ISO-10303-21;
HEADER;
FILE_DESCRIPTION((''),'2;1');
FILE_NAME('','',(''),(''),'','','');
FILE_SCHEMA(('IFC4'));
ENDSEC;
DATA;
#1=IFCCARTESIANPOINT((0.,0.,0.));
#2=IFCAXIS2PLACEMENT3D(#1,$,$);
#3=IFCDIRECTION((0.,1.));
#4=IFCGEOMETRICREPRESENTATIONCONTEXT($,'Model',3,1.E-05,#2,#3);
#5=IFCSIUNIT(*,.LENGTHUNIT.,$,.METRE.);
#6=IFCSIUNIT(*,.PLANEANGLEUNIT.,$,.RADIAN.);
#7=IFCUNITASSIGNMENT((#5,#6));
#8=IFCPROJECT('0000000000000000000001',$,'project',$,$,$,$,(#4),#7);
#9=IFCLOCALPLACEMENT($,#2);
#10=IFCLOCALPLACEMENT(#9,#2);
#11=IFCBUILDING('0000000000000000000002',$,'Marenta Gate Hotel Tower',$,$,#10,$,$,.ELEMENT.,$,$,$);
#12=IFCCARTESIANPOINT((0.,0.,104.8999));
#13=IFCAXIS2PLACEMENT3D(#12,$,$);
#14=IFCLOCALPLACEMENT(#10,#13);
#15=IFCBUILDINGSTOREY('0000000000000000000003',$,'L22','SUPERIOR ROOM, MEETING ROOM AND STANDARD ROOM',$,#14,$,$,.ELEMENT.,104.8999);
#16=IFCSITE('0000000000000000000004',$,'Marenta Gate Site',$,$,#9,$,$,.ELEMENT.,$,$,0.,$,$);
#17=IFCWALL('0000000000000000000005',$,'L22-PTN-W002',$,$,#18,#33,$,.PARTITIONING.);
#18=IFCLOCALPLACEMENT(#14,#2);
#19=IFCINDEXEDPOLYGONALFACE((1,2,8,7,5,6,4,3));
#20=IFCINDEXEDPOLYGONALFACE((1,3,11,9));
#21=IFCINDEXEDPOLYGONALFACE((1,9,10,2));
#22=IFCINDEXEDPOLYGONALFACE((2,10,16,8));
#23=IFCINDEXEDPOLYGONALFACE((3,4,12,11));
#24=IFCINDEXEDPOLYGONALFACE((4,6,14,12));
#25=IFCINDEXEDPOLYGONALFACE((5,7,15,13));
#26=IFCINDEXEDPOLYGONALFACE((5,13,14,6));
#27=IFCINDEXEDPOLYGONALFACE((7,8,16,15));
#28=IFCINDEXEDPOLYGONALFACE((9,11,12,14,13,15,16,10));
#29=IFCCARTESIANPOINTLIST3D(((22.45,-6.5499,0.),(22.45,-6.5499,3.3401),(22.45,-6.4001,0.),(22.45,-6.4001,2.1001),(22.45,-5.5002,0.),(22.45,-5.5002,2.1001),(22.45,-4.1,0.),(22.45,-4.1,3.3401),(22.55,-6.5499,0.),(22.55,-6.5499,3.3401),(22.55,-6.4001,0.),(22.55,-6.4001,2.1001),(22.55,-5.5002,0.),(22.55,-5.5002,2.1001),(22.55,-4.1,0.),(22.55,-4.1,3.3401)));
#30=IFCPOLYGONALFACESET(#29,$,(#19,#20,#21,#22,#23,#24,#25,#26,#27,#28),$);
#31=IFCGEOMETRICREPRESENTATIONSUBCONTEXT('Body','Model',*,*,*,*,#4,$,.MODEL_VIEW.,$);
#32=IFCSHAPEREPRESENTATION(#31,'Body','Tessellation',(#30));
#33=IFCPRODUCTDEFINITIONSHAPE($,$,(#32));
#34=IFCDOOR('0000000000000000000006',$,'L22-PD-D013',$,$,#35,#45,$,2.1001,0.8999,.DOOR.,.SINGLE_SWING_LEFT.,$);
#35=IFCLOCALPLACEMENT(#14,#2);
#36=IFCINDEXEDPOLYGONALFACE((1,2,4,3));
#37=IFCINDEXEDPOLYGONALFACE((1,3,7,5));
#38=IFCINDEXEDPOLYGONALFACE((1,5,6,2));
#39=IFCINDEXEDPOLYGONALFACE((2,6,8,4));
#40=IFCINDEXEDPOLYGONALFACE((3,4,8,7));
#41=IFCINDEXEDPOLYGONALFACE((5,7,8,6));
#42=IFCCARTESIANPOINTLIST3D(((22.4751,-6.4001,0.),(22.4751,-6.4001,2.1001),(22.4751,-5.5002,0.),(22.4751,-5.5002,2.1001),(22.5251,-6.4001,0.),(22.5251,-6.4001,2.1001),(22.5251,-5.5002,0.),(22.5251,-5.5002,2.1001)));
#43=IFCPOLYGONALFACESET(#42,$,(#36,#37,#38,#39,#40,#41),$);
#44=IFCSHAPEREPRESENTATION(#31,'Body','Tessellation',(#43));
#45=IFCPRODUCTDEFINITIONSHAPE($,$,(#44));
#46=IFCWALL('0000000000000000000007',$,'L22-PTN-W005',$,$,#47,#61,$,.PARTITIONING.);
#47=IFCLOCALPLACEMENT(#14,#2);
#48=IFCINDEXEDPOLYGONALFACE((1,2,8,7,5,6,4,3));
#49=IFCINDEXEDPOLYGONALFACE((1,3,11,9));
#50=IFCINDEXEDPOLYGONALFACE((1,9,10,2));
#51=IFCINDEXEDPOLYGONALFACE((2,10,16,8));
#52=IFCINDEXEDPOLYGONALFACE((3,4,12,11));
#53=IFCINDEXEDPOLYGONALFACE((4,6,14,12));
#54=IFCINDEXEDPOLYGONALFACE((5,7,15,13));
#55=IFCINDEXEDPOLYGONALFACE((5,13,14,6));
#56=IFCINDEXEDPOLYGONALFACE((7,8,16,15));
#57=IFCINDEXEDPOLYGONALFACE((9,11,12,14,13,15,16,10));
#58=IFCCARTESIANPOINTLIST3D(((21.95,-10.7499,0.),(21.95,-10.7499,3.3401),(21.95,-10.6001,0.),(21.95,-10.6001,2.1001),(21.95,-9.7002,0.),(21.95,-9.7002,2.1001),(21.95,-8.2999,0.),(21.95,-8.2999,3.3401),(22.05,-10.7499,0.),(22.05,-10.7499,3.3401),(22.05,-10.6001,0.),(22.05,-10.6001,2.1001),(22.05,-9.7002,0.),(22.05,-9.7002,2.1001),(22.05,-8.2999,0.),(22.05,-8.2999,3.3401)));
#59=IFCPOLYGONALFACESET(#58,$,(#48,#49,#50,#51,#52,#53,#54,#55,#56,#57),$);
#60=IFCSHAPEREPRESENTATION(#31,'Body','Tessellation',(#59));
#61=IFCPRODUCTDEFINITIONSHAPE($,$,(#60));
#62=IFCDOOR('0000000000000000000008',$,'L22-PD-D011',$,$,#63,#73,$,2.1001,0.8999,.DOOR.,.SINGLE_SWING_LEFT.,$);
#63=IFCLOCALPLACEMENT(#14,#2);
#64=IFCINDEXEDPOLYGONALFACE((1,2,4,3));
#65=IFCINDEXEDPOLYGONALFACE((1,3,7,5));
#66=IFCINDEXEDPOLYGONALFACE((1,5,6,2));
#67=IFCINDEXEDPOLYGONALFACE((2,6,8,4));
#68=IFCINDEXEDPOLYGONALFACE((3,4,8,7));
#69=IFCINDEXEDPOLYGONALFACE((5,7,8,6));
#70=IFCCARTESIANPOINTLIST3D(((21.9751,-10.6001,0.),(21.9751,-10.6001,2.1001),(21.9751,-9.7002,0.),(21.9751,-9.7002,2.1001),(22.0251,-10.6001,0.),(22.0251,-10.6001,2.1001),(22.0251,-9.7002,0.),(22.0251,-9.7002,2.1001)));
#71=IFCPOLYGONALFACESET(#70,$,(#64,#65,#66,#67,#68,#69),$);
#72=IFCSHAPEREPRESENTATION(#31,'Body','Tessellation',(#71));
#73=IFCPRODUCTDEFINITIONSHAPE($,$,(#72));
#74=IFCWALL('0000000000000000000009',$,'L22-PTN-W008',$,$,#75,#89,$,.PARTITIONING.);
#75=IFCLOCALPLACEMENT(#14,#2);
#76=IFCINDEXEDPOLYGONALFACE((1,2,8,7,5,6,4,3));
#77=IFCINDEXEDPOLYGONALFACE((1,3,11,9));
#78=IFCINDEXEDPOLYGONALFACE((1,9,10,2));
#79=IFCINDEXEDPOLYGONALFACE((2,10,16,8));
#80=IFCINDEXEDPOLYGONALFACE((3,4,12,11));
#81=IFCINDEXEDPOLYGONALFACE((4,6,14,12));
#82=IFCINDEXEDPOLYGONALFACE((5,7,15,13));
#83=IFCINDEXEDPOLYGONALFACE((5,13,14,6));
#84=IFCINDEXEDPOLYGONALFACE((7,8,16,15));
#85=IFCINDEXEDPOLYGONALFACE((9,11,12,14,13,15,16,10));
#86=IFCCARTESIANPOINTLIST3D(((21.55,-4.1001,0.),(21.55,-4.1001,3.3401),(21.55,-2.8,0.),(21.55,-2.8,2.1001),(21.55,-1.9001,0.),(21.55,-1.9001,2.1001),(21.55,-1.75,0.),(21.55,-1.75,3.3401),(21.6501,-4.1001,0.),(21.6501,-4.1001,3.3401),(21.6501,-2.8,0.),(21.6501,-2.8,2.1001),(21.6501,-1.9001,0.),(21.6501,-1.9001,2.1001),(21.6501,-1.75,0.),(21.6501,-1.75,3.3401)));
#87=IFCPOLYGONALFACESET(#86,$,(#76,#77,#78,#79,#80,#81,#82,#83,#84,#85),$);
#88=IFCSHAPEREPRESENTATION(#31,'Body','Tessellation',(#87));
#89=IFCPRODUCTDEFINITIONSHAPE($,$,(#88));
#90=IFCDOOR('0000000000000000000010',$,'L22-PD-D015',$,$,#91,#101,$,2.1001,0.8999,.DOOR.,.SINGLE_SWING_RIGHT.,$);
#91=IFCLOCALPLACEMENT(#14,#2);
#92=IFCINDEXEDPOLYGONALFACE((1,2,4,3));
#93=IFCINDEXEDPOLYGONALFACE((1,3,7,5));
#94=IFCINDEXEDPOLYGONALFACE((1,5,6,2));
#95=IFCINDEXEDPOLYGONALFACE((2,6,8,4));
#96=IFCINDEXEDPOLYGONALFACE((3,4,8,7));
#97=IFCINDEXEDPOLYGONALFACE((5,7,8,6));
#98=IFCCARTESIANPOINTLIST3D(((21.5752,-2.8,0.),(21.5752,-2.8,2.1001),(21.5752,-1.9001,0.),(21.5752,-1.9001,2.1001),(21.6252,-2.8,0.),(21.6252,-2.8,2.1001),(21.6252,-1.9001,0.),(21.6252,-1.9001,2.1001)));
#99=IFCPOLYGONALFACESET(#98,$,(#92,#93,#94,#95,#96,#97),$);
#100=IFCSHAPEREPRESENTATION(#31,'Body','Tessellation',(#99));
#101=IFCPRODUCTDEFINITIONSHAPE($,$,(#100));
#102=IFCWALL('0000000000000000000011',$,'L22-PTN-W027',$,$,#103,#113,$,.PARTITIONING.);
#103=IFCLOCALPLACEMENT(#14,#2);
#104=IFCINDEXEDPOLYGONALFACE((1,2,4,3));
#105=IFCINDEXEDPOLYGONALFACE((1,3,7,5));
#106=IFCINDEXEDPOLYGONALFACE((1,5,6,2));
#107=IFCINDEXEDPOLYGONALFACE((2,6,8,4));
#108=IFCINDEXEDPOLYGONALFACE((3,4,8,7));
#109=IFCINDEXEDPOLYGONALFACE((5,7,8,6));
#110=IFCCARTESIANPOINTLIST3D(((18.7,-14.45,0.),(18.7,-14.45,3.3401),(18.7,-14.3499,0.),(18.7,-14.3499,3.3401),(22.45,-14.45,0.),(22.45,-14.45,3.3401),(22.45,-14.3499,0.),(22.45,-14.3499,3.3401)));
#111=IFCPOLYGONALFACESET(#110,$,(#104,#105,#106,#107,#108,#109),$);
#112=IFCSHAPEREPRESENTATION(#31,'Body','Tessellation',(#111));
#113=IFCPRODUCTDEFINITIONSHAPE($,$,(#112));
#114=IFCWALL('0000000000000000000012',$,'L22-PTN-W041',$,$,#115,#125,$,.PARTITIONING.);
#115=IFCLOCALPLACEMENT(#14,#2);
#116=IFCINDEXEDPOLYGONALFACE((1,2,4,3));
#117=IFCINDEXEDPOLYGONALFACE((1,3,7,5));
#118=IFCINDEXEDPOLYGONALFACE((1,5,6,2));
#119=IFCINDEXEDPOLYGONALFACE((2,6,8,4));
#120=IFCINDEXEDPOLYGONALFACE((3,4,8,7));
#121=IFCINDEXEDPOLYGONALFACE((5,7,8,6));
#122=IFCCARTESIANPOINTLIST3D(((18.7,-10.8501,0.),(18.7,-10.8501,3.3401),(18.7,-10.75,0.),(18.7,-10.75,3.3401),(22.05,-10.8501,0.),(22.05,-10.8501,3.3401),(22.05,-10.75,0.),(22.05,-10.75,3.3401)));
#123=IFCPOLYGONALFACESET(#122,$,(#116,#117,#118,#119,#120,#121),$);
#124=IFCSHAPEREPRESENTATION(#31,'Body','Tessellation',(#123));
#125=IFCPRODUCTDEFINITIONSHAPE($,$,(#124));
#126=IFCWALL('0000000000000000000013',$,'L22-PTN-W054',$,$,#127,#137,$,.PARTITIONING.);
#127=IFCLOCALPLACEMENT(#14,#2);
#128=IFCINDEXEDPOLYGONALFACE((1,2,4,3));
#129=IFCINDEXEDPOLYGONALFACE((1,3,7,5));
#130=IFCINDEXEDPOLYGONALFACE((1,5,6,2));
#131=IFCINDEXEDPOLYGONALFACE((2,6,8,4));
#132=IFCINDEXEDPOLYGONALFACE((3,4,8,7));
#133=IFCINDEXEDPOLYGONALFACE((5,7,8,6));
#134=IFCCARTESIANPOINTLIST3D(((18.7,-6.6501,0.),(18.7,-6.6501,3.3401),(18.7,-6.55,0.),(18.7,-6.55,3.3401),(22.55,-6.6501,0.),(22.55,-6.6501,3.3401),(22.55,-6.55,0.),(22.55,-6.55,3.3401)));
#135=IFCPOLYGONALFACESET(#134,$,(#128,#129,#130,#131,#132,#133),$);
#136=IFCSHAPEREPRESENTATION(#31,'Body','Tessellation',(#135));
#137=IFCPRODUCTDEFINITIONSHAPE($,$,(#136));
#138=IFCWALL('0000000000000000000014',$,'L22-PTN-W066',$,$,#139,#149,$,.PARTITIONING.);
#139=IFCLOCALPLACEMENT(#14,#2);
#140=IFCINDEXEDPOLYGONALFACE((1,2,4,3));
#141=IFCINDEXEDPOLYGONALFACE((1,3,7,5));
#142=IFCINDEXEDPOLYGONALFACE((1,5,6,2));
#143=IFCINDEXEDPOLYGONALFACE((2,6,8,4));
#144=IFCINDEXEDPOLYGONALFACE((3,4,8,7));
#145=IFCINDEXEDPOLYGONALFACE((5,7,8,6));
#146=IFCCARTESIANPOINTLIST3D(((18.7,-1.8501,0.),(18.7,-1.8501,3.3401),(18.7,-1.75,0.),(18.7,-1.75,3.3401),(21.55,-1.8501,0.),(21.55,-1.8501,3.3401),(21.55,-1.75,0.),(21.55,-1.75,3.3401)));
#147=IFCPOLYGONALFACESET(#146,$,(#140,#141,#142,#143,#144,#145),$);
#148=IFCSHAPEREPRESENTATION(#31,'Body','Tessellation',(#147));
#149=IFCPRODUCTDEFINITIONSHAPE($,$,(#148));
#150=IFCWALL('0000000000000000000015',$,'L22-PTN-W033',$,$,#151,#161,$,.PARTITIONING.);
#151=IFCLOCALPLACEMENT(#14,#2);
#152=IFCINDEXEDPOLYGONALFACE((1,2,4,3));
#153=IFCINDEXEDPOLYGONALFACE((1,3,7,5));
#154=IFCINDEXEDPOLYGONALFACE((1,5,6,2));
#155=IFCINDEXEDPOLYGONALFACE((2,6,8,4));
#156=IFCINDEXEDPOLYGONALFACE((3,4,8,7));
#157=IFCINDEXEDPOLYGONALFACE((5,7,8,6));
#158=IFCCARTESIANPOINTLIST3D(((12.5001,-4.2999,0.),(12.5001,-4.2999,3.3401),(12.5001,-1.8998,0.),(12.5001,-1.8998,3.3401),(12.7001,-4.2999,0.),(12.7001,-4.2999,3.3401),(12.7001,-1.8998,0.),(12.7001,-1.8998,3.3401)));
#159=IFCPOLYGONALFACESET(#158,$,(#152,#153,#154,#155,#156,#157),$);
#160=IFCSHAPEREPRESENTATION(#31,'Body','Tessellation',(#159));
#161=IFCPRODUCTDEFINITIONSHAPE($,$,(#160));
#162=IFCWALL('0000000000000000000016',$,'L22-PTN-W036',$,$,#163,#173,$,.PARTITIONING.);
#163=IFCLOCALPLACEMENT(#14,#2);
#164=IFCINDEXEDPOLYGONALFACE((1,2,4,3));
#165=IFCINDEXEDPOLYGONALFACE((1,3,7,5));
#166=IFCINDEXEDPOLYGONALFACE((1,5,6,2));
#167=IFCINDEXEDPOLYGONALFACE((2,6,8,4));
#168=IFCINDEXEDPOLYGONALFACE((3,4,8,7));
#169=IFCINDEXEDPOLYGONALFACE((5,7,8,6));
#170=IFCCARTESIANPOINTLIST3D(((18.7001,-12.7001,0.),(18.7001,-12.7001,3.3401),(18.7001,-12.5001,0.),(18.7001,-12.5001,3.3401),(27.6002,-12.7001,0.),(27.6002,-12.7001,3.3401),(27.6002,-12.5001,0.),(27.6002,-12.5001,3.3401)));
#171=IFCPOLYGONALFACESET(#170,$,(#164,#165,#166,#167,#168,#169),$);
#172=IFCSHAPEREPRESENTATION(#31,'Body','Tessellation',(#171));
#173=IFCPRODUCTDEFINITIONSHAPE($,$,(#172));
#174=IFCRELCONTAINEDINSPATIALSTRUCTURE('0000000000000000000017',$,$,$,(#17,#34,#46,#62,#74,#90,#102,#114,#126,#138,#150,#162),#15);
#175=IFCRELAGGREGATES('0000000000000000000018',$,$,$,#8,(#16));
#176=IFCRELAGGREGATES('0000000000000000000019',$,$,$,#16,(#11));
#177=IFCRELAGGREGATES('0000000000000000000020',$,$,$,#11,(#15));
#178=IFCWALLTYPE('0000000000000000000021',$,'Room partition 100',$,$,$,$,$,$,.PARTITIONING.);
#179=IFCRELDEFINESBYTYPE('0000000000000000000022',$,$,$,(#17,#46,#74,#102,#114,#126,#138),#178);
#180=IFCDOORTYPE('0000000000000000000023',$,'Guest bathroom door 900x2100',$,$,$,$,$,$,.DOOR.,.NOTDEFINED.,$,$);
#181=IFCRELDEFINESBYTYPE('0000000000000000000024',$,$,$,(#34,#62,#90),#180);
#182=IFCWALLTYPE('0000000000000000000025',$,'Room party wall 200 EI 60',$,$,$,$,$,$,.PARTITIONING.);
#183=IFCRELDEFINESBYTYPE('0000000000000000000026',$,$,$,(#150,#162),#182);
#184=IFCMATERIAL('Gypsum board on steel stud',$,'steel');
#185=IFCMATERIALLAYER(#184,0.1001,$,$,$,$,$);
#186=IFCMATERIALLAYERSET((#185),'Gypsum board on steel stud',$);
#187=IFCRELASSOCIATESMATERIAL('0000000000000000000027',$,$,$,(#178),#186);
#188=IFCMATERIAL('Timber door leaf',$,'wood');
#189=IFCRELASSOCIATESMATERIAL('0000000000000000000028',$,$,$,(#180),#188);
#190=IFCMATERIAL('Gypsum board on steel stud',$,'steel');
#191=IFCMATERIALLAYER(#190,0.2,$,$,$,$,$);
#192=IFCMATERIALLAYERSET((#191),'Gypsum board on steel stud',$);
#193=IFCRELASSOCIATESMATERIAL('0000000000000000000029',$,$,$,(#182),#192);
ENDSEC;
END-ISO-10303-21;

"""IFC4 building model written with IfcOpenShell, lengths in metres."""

from ifc_helpers import new_model, si_unit, direction, frame, frame_2d, origin, place, context, subcontext, project, spatial, rectangle, extrude, material, layer, layer_set, type_object, element, fill, save


model = new_model("IFC4")

# Units and contexts
model_context = context("Model", 3, precision=1e-05, world=origin(), true_north=direction((0.0, 1.0)))
body_context = subcontext(model_context, "Body", "Model", "MODEL_VIEW")
ifc_project = project(units=[si_unit("LENGTHUNIT", "METRE"), si_unit("PLANEANGLEUNIT", "RADIAN")], contexts=[model_context])

# Site, building, storey
site_placement = place(None, origin())
site = spatial("IfcSite", under=ifc_project, at=site_placement, Name="Marenta Gate Site", CompositionType="ELEMENT", RefElevation=0.0)
building_placement = place(site_placement, origin())
building = spatial("IfcBuilding", under=site, at=building_placement, Name="Marenta Gate Hotel Tower", CompositionType="ELEMENT")
storey_placement = place(building_placement, frame((0.0, 0.0, 104.8999)))
storey = spatial("IfcBuildingStorey", under=building, at=storey_placement, Name="L22", Description="SUPERIOR ROOM, MEETING ROOM AND STANDARD ROOM", CompositionType="ELEMENT", Elevation=104.8999)

# Walls, openings, doors
ifc_material_1 = material(Name="Gypsum board on steel stud", Category="steel")
ifc_layer_1 = layer(ifc_material_1, 0.1001)
ifc_layer_set_1 = layer_set([ifc_layer_1], Name="Gypsum board on steel stud")
wall_type_1 = type_object("IfcWallType", Name="Room partition 100", PredefinedType="PARTITIONING", material=ifc_layer_set_1)
wall_1_placement = place(storey_placement, frame((22.5, -6.55, 0.0), z_axis=(0.0, 0.0, 1.0), x_axis=(0.0, 1.0, 0.0)))
wall_1 = element("IfcWall", 1, at=wall_1_placement, inside=storey, type_object=wall_type_1, Name="L22-PTN-W002", PredefinedType="PARTITIONING", context=body_context, shape_type="SweptSolid", body=[
    extrude(rectangle(XDim=2.45, YDim=0.1001, at=frame_2d((1.2251, 0.0))), origin(), (0.0, 0.0, 1.0), 3.3401),
])
opening_1_placement = place(wall_1_placement, frame((0.1499, 0.0, 0.0)))
opening_1 = element("IfcOpeningElement", 2, at=opening_1_placement, cuts=wall_1, PredefinedType="OPENING", context=body_context, shape_type="SweptSolid", body=[
    extrude(rectangle(XDim=0.8999, YDim=2.1001, at=frame_2d((0.45, 1.05))), frame((0.0, 0.05, 0.0), z_axis=(0.0, -1.0, 0.0), x_axis=(1.0, 0.0, 0.0)), (0.0, 0.0, 1.0), 0.1001),
])
ifc_material_2 = material(Name="Timber door leaf", Category="wood")
door_type_1 = type_object("IfcDoorType", Name="Guest bathroom door 900x2100", OperationType="NOTDEFINED", PredefinedType="DOOR", material=ifc_material_2)
door_1_placement = place(opening_1_placement, origin())
door_1 = element("IfcDoor", 3, at=door_1_placement, inside=storey, type_object=door_type_1, Name="L22-PD-D013", OperationType="SINGLE_SWING_LEFT", OverallHeight=2.1001, OverallWidth=0.8999, PredefinedType="DOOR", context=body_context, shape_type="SweptSolid", body=[
    extrude(rectangle(XDim=0.8999, YDim=2.1001, at=frame_2d((0.45, 1.05))), frame((0.0, 0.0249, 0.0), z_axis=(0.0, -1.0, 0.0), x_axis=(1.0, 0.0, 0.0)), (0.0, 0.0, 1.0), 0.05),
])
fill(opening_1, door_1)
wall_2_placement = place(storey_placement, frame((22.0, -10.75, 0.0), z_axis=(0.0, 0.0, 1.0), x_axis=(0.0, 1.0, 0.0)))
wall_2 = element("IfcWall", 4, at=wall_2_placement, inside=storey, type_object=wall_type_1, Name="L22-PTN-W005", PredefinedType="PARTITIONING", context=body_context, shape_type="SweptSolid", body=[
    extrude(rectangle(XDim=2.45, YDim=0.1001, at=frame_2d((1.2251, 0.0))), origin(), (0.0, 0.0, 1.0), 3.3401),
])
opening_2_placement = place(wall_2_placement, frame((0.1499, 0.0, 0.0)))
opening_2 = element("IfcOpeningElement", 5, at=opening_2_placement, cuts=wall_2, PredefinedType="OPENING", context=body_context, shape_type="SweptSolid", body=[
    extrude(rectangle(XDim=0.8999, YDim=2.1001, at=frame_2d((0.45, 1.05))), frame((0.0, 0.05, 0.0), z_axis=(0.0, -1.0, 0.0), x_axis=(1.0, 0.0, 0.0)), (0.0, 0.0, 1.0), 0.1001),
])
door_2_placement = place(opening_2_placement, origin())
door_2 = element("IfcDoor", 6, at=door_2_placement, inside=storey, type_object=door_type_1, Name="L22-PD-D011", OperationType="SINGLE_SWING_LEFT", OverallHeight=2.1001, OverallWidth=0.8999, PredefinedType="DOOR", context=body_context, shape_type="SweptSolid", body=[
    extrude(rectangle(XDim=0.8999, YDim=2.1001, at=frame_2d((0.45, 1.05))), frame((0.0, 0.0249, 0.0), z_axis=(0.0, -1.0, 0.0), x_axis=(1.0, 0.0, 0.0)), (0.0, 0.0, 1.0), 0.05),
])
fill(opening_2, door_2)
wall_3_placement = place(storey_placement, frame((21.6001, -4.1001, 0.0), z_axis=(0.0, 0.0, 1.0), x_axis=(0.0, 1.0, 0.0)))
wall_3 = element("IfcWall", 7, at=wall_3_placement, inside=storey, type_object=wall_type_1, Name="L22-PTN-W008", PredefinedType="PARTITIONING", context=body_context, shape_type="SweptSolid", body=[
    extrude(rectangle(XDim=2.3501, YDim=0.1001, at=frame_2d((1.175, 0.0))), origin(), (0.0, 0.0, 1.0), 3.3401),
])
opening_3_placement = place(wall_3_placement, frame((1.3, 0.0, 0.0)))
opening_3 = element("IfcOpeningElement", 8, at=opening_3_placement, cuts=wall_3, PredefinedType="OPENING", context=body_context, shape_type="SweptSolid", body=[
    extrude(rectangle(XDim=0.8999, YDim=2.1001, at=frame_2d((0.45, 1.05))), frame((0.0, 0.05, 0.0), z_axis=(0.0, -1.0, 0.0), x_axis=(1.0, 0.0, 0.0)), (0.0, 0.0, 1.0), 0.1001),
])
door_3_placement = place(opening_3_placement, origin())
door_3 = element("IfcDoor", 9, at=door_3_placement, inside=storey, type_object=door_type_1, Name="L22-PD-D015", OperationType="SINGLE_SWING_RIGHT", OverallHeight=2.1001, OverallWidth=0.8999, PredefinedType="DOOR", context=body_context, shape_type="SweptSolid", body=[
    extrude(rectangle(XDim=0.8999, YDim=2.1001, at=frame_2d((0.45, 1.05))), frame((0.0, 0.0249, 0.0), z_axis=(0.0, -1.0, 0.0), x_axis=(1.0, 0.0, 0.0)), (0.0, 0.0, 1.0), 0.05),
])
fill(opening_3, door_3)

# Walls
wall_4_placement = place(storey_placement, frame((18.7, -14.3999, 0.0), z_axis=(0.0, 0.0, 1.0), x_axis=(1.0, 0.0, 0.0)))
element("IfcWall", 10, at=wall_4_placement, inside=storey, type_object=wall_type_1, Name="L22-PTN-W027", PredefinedType="PARTITIONING", context=body_context, shape_type="SweptSolid", body=[
    extrude(rectangle(XDim=3.75, YDim=0.1001, at=frame_2d((1.875, 0.0))), origin(), (0.0, 0.0, 1.0), 3.3401),
])
wall_5_placement = place(storey_placement, frame((18.7, -10.8, 0.0), z_axis=(0.0, 0.0, 1.0), x_axis=(1.0, 0.0, 0.0)))
element("IfcWall", 11, at=wall_5_placement, inside=storey, type_object=wall_type_1, Name="L22-PTN-W041", PredefinedType="PARTITIONING", context=body_context, shape_type="SweptSolid", body=[
    extrude(rectangle(XDim=3.3501, YDim=0.1001, at=frame_2d((1.675, 0.0))), origin(), (0.0, 0.0, 1.0), 3.3401),
])
wall_6_placement = place(storey_placement, frame((18.7, -6.6001, 0.0), z_axis=(0.0, 0.0, 1.0), x_axis=(1.0, 0.0, 0.0)))
element("IfcWall", 12, at=wall_6_placement, inside=storey, type_object=wall_type_1, Name="L22-PTN-W054", PredefinedType="PARTITIONING", context=body_context, shape_type="SweptSolid", body=[
    extrude(rectangle(XDim=3.8501, YDim=0.1001, at=frame_2d((1.925, 0.0))), origin(), (0.0, 0.0, 1.0), 3.3401),
])
wall_7_placement = place(storey_placement, frame((18.7, -1.8, 0.0), z_axis=(0.0, 0.0, 1.0), x_axis=(1.0, 0.0, 0.0)))
element("IfcWall", 13, at=wall_7_placement, inside=storey, type_object=wall_type_1, Name="L22-PTN-W066", PredefinedType="PARTITIONING", context=body_context, shape_type="SweptSolid", body=[
    extrude(rectangle(XDim=2.8501, YDim=0.1001, at=frame_2d((1.425, 0.0))), origin(), (0.0, 0.0, 1.0), 3.3401),
])
ifc_material_3 = material(Name="Gypsum board on steel stud", Category="steel")
ifc_layer_2 = layer(ifc_material_3, 0.2)
ifc_layer_set_2 = layer_set([ifc_layer_2], Name="Gypsum board on steel stud")
wall_type_2 = type_object("IfcWallType", Name="Room party wall 200 EI 60", PredefinedType="PARTITIONING", material=ifc_layer_set_2)
wall_8_placement = place(storey_placement, frame((12.6001, -4.3, 0.0), z_axis=(0.0, 0.0, 1.0), x_axis=(0.0, 1.0, 0.0)))
element("IfcWall", 14, at=wall_8_placement, inside=storey, type_object=wall_type_2, Name="L22-PTN-W033", PredefinedType="PARTITIONING", context=body_context, shape_type="SweptSolid", body=[
    extrude(rectangle(XDim=2.4001, YDim=0.2, at=frame_2d((1.2002, 0.0))), origin(), (0.0, 0.0, 1.0), 3.3401),
])
wall_9_placement = place(storey_placement, frame((18.7, -12.6001, 0.0), z_axis=(0.0, 0.0, 1.0), x_axis=(1.0, 0.0, 0.0)))
element("IfcWall", 15, at=wall_9_placement, inside=storey, type_object=wall_type_2, Name="L22-PTN-W036", PredefinedType="PARTITIONING", context=body_context, shape_type="SweptSolid", body=[
    extrude(rectangle(XDim=8.9001, YDim=0.2, at=frame_2d((4.4502, 0.0))), origin(), (0.0, 0.0, 1.0), 3.3401),
])

save(model, "model.ifc")
